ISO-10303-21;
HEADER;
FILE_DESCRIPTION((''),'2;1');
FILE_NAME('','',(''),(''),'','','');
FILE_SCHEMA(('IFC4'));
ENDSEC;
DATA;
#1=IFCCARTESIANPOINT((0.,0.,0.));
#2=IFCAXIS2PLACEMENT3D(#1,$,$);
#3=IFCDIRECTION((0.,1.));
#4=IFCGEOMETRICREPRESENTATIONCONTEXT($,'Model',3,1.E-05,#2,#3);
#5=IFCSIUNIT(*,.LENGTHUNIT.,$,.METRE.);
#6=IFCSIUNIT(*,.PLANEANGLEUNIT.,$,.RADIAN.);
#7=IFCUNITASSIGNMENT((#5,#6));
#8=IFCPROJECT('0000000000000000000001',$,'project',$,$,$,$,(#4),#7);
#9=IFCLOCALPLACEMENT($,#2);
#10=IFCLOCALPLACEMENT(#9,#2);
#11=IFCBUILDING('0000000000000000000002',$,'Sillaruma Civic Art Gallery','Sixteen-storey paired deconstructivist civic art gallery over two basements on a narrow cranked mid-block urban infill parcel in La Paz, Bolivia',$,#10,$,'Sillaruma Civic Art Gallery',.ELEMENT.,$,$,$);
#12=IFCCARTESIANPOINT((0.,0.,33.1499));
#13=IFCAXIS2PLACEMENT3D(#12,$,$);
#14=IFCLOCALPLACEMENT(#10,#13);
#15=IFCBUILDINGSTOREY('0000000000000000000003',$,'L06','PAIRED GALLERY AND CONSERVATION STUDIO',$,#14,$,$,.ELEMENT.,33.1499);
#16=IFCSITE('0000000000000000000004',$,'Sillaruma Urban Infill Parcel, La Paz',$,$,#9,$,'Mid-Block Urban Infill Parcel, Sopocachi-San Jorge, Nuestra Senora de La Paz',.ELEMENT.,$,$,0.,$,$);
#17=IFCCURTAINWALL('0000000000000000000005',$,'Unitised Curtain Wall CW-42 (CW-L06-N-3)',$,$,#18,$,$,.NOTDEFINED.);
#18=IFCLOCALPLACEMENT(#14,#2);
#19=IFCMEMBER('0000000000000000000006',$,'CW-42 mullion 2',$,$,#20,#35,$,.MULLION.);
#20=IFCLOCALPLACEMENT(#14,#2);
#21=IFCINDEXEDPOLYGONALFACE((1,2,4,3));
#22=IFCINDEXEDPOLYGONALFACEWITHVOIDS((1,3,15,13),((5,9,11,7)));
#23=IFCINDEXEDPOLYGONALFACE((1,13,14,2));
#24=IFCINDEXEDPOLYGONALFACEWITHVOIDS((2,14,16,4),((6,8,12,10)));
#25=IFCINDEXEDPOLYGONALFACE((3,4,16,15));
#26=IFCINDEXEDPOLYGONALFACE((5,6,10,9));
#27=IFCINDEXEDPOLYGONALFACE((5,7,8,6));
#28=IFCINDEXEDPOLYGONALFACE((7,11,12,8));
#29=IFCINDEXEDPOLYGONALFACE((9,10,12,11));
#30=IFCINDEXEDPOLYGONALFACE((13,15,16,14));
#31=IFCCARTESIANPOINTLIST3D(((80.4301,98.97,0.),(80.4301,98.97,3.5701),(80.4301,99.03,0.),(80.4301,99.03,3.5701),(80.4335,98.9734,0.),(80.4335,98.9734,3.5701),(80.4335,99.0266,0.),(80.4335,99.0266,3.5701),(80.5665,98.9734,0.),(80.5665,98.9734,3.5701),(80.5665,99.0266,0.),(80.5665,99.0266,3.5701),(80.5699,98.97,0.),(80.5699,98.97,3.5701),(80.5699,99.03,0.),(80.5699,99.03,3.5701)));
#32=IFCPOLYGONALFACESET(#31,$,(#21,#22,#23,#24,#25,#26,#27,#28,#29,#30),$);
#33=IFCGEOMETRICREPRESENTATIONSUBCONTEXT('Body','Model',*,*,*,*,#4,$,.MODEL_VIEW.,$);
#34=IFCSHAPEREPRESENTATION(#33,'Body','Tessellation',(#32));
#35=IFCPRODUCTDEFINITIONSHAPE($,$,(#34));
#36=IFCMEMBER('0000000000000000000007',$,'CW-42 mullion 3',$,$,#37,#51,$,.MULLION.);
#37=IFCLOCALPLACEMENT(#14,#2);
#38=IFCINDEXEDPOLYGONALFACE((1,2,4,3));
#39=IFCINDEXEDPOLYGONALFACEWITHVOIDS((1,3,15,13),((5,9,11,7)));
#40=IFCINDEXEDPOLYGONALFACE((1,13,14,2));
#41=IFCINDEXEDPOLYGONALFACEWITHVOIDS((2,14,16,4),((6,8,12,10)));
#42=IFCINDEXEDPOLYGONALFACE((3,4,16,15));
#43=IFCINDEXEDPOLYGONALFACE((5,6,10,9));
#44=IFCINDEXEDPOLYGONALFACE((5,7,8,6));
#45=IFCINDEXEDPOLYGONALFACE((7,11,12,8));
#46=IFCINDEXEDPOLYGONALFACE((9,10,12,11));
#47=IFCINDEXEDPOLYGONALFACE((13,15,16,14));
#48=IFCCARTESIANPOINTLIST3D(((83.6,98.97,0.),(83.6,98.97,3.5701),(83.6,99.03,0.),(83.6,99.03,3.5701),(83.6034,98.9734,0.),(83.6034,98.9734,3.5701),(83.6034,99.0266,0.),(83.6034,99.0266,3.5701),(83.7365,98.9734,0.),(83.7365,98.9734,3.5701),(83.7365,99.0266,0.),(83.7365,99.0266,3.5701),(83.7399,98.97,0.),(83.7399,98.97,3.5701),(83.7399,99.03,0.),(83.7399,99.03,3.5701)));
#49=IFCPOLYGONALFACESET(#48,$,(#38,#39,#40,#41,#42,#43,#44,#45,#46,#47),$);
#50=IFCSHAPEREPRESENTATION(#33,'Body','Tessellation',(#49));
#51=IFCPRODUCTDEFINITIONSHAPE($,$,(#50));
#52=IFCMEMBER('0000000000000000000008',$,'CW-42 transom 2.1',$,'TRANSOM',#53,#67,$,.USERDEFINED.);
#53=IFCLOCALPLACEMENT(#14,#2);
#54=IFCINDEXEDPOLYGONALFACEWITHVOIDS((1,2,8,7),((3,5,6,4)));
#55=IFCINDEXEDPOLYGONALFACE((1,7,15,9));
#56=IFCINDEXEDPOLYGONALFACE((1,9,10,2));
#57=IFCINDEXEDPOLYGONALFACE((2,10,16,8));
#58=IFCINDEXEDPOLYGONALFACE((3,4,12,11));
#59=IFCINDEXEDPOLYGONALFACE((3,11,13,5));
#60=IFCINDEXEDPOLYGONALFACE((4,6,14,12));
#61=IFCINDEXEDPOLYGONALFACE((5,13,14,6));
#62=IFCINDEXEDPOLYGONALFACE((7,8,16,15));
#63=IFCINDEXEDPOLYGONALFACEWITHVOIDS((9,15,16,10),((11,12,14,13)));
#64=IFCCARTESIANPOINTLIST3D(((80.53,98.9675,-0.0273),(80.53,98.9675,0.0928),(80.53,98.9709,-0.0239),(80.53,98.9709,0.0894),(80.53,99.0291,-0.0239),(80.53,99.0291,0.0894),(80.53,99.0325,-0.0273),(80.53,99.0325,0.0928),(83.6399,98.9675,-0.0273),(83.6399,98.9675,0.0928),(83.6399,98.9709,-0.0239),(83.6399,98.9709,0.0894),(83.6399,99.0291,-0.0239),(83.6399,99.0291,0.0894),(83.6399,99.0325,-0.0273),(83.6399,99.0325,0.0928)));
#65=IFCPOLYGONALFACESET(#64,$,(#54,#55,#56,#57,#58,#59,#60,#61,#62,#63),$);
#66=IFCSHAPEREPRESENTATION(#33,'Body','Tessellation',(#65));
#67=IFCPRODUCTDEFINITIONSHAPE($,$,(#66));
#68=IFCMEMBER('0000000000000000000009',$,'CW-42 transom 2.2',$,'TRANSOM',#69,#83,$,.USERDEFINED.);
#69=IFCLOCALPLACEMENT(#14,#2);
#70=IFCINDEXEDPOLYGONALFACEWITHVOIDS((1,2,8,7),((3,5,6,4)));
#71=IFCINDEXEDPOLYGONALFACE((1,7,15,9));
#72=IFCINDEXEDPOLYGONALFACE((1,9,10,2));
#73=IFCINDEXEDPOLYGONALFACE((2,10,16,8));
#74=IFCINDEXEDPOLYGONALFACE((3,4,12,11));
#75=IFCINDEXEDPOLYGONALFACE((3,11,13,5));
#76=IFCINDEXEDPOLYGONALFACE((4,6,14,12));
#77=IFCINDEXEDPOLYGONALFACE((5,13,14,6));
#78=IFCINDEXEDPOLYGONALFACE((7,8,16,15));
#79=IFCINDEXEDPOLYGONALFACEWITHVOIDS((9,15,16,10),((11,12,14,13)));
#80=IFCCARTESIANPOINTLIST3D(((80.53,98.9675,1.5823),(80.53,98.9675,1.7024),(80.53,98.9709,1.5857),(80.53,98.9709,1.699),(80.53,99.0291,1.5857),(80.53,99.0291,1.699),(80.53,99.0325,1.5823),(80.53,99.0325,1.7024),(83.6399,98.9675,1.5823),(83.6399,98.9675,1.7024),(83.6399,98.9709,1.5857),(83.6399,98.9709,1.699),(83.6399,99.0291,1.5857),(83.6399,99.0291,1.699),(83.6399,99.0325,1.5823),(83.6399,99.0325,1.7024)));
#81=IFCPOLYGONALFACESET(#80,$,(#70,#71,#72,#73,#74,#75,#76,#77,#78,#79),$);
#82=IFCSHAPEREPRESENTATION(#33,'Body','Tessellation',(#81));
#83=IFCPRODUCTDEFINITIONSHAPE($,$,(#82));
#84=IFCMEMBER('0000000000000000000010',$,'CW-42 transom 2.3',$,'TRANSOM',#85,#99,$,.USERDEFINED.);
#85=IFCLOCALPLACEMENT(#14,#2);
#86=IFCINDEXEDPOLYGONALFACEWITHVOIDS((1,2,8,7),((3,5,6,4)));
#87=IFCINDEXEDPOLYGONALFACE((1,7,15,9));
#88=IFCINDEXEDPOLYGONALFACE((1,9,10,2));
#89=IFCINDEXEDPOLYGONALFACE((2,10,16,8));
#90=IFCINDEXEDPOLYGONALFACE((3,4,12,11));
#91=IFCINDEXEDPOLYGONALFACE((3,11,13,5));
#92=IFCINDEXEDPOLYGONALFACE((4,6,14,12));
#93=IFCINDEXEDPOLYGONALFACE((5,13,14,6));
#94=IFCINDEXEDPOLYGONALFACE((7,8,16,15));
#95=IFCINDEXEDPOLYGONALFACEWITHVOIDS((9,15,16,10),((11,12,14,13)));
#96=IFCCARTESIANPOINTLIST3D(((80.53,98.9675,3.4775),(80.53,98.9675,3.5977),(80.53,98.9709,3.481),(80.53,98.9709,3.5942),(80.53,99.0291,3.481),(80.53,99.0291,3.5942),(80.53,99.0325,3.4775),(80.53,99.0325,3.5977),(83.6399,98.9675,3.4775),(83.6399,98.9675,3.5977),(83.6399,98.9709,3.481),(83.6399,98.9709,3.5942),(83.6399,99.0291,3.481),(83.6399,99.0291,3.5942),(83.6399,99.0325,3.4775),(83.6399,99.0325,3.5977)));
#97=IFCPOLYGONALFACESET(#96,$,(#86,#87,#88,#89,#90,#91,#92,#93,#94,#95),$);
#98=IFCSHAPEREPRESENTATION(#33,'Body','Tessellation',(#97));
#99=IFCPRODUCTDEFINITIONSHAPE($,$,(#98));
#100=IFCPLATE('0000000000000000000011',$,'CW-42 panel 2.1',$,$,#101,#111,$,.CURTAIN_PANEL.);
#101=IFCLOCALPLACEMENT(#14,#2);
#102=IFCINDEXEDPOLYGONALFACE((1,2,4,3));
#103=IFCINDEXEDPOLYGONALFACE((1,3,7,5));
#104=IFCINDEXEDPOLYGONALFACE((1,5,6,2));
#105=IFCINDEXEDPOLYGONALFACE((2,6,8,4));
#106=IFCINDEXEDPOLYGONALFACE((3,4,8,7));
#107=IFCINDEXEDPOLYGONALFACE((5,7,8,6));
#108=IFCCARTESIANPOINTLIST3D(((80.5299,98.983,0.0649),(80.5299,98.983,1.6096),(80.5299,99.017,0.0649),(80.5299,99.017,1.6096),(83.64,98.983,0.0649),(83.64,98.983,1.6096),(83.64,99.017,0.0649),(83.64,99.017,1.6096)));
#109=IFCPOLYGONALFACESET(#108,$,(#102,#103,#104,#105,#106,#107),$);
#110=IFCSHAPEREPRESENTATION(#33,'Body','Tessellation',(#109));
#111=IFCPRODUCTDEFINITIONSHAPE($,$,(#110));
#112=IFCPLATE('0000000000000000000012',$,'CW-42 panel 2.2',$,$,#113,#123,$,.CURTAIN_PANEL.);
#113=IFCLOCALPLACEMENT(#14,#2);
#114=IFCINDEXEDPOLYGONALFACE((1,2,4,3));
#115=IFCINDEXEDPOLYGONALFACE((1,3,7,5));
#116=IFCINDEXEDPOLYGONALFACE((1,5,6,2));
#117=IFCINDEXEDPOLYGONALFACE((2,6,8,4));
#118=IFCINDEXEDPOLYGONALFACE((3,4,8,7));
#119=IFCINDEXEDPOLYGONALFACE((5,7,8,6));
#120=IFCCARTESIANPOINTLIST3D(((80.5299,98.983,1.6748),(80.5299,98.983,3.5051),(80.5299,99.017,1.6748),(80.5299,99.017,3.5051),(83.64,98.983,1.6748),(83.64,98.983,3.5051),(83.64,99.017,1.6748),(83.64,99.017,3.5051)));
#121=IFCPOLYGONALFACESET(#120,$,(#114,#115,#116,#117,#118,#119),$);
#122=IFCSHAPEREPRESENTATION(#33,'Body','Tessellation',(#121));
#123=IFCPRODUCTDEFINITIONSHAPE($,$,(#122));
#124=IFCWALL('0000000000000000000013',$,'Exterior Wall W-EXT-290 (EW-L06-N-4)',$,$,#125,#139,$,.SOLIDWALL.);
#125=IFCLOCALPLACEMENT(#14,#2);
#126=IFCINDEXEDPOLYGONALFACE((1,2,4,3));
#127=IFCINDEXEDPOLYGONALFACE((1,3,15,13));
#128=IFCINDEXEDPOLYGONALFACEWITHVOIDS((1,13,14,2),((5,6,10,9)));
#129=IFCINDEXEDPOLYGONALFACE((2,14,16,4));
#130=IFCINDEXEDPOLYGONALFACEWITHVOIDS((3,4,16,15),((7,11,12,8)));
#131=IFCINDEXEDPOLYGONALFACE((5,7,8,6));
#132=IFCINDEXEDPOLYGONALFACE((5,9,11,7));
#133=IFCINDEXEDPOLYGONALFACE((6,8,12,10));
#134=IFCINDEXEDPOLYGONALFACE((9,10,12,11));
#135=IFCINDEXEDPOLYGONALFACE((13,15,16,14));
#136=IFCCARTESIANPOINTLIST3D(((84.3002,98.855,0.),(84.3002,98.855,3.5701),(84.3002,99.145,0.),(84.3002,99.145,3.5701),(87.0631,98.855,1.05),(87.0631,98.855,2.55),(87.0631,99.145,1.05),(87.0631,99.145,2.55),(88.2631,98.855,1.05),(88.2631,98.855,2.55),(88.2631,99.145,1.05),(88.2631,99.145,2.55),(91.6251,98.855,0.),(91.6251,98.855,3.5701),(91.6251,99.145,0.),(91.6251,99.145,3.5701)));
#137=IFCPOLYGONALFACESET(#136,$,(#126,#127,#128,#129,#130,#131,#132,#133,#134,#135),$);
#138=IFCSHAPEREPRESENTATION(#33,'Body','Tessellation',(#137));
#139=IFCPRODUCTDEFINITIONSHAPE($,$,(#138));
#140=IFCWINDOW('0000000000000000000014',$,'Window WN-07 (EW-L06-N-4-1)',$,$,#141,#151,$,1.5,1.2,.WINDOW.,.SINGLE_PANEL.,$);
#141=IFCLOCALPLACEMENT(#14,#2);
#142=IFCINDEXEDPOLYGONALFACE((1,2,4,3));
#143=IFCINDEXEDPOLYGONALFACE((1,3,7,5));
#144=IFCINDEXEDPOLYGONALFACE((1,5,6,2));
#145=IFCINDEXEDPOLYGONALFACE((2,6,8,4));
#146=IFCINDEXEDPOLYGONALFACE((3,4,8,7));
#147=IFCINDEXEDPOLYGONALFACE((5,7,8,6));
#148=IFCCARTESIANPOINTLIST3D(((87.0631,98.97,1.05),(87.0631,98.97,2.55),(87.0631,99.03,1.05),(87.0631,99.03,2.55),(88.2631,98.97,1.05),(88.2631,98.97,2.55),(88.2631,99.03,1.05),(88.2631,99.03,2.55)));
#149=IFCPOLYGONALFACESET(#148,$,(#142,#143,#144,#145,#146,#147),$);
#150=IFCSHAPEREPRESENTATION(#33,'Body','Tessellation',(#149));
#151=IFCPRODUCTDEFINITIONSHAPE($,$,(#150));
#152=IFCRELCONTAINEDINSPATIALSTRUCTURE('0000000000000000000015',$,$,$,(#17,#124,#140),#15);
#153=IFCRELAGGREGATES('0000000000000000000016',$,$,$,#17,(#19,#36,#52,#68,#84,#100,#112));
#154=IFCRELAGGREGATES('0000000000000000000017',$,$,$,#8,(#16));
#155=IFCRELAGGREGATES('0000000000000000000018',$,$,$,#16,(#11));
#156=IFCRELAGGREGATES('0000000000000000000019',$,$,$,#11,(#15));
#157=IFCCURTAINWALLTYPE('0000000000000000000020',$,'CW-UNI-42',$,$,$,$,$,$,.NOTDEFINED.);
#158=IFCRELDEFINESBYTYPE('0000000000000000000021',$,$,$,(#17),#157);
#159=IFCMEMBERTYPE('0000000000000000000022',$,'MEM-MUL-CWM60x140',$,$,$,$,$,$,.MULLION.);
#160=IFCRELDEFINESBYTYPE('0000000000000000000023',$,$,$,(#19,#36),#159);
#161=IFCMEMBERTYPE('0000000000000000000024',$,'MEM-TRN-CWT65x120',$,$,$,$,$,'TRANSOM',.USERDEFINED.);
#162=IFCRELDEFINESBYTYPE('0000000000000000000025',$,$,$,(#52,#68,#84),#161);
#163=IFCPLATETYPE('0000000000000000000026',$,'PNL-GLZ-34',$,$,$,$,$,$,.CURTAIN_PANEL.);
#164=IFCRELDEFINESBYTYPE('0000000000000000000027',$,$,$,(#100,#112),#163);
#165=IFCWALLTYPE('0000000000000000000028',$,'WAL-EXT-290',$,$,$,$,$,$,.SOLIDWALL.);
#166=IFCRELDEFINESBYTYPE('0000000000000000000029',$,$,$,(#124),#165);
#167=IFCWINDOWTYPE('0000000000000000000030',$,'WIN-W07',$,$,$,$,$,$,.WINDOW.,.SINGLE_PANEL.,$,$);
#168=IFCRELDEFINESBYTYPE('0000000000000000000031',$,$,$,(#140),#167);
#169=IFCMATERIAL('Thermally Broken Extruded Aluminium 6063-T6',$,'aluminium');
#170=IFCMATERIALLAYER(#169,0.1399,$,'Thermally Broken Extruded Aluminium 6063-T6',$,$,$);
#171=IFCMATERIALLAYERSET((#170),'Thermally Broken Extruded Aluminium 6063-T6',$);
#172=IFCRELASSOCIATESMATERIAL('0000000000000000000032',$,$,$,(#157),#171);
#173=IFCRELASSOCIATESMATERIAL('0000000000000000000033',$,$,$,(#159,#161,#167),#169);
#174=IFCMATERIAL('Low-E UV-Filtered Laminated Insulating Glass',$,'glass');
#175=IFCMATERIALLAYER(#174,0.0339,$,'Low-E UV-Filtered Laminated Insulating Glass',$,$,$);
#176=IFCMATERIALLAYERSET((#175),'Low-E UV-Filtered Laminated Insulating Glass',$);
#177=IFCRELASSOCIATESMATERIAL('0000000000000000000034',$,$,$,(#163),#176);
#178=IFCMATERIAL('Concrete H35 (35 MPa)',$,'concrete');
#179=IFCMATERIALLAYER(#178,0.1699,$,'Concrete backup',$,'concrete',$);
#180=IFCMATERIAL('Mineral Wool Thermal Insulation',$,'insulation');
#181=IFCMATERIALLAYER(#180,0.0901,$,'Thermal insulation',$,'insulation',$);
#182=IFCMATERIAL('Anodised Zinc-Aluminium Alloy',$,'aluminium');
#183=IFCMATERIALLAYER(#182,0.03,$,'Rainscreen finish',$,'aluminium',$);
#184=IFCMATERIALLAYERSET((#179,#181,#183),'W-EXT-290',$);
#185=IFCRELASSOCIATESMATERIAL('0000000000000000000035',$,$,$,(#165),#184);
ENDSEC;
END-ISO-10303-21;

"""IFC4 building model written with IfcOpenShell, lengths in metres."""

from ifc_helpers import new_model, si_unit, direction, frame, frame_2d, origin, origin_2d, place, context, subcontext, project, spatial, rectangle, hollow_rectangle, extrude, material, layer, layer_set, material_profile, profile_set, type_object, element, fill, aggregate, save


model = new_model("IFC4")

# Units and contexts
model_context = context("Model", 3, precision=1e-05, world=origin(), true_north=direction((0.0, 1.0)))
body_context = subcontext(model_context, "Body", "Model", "MODEL_VIEW")
ifc_project = project(units=[si_unit("LENGTHUNIT", "METRE"), si_unit("PLANEANGLEUNIT", "RADIAN")], contexts=[model_context])

# Site, building, storey
site_placement = place(None, origin())
site = spatial("IfcSite", under=ifc_project, at=site_placement, Name="Sillaruma Urban Infill Parcel, La Paz", LongName="Mid-Block Urban Infill Parcel, Sopocachi-San Jorge, Nuestra Senora de La Paz", CompositionType="ELEMENT", RefElevation=0.0)
building_placement = place(site_placement, origin())
building = spatial("IfcBuilding", under=site, at=building_placement, Name="Sillaruma Civic Art Gallery", Description="Sixteen-storey paired deconstructivist civic art gallery over two basements on a narrow cranked mid-block urban infill parcel in La Paz, Bolivia", LongName="Sillaruma Civic Art Gallery", CompositionType="ELEMENT")
storey_placement = place(building_placement, frame((0.0, 0.0, 33.1499)))
storey = spatial("IfcBuildingStorey", under=building, at=storey_placement, Name="L06", Description="PAIRED GALLERY AND CONSERVATION STUDIO", CompositionType="ELEMENT", Elevation=33.1499)

# Shared definitions
ifc_material_1 = material(Name="Concrete H35 (35 MPa)", Category="concrete")

# Curtain wall, members, plates
ifc_material_2 = material(Name="Thermally Broken Extruded Aluminium 6063-T6", Category="aluminium")
ifc_layer_1 = layer(ifc_material_2, 0.1399, Name="Thermally Broken Extruded Aluminium 6063-T6")
ifc_layer_set_1 = layer_set([ifc_layer_1], Name="Thermally Broken Extruded Aluminium 6063-T6")
curtain_wall_type = type_object("IfcCurtainWallType", Name="CW-UNI-42", PredefinedType="NOTDEFINED", material=ifc_layer_set_1)
curtain_wall_placement = place(storey_placement, origin())
curtain_wall = element("IfcCurtainWall", 1, at=curtain_wall_placement, inside=storey, type_object=curtain_wall_type, Name="Unitised Curtain Wall CW-42 (CW-L06-N-3)", PredefinedType="NOTDEFINED")
ifc_material_profile_1 = material_profile(ifc_material_2, hollow_rectangle(XDim=0.0601, YDim=0.1399, WallThickness=0.0034, at=origin_2d()), Name="CWM60x140")
ifc_profile_set_1 = profile_set([ifc_material_profile_1], Name="Thermally Broken Extruded Aluminium 6063-T6")
member_type_1 = type_object("IfcMemberType", Name="MEM-MUL-CWM60x140", PredefinedType="MULLION", material=ifc_profile_set_1)
member_1_placement = place(storey_placement, frame((80.5, 99.0, 0.0), z_axis=(0.0, 0.0, 1.0), x_axis=(0.0, 1.0, 0.0)))
member_1 = element("IfcMember", 2, at=member_1_placement, type_object=member_type_1, Name="CW-42 mullion 2", PredefinedType="MULLION", context=body_context, shape_type="SweptSolid", body=[
    extrude(hollow_rectangle(XDim=0.0601, YDim=0.1399, WallThickness=0.0034, at=origin_2d()), origin(), (0.0, 0.0, 1.0), 3.5701),
])
member_2_placement = place(storey_placement, frame((83.6699, 99.0, 0.0), z_axis=(0.0, 0.0, 1.0), x_axis=(0.0, 1.0, 0.0)))
member_2 = element("IfcMember", 3, at=member_2_placement, type_object=member_type_1, Name="CW-42 mullion 3", PredefinedType="MULLION", context=body_context, shape_type="SweptSolid", body=[
    extrude(hollow_rectangle(XDim=0.0601, YDim=0.1399, WallThickness=0.0034, at=origin_2d()), origin(), (0.0, 0.0, 1.0), 3.5701),
])
ifc_material_profile_2 = material_profile(ifc_material_2, hollow_rectangle(XDim=0.0649, YDim=0.1201, WallThickness=0.0034, at=origin_2d()), Name="CWT65x120")
ifc_profile_set_2 = profile_set([ifc_material_profile_2], Name="Thermally Broken Extruded Aluminium 6063-T6")
member_type_2 = type_object("IfcMemberType", Name="MEM-TRN-CWT65x120", ElementType="TRANSOM", PredefinedType="USERDEFINED", material=ifc_profile_set_2)
member_3_placement = place(storey_placement, frame((80.53, 99.0, 0.0327), z_axis=(1.0, 0.0, 0.0), x_axis=(0.0, 1.0, 0.0)))
member_3 = element("IfcMember", 4, at=member_3_placement, type_object=member_type_2, Name="CW-42 transom 2.1", ObjectType="TRANSOM", PredefinedType="USERDEFINED", context=body_context, shape_type="SweptSolid", body=[
    extrude(hollow_rectangle(XDim=0.0649, YDim=0.1201, WallThickness=0.0034, at=origin_2d()), origin(), (0.0, 0.0, 1.0), 3.1099),
])
member_4_placement = place(storey_placement, frame((80.53, 99.0, 1.6423), z_axis=(1.0, 0.0, 0.0), x_axis=(0.0, 1.0, 0.0)))
member_4 = element("IfcMember", 5, at=member_4_placement, type_object=member_type_2, Name="CW-42 transom 2.2", ObjectType="TRANSOM", PredefinedType="USERDEFINED", context=body_context, shape_type="SweptSolid", body=[
    extrude(hollow_rectangle(XDim=0.0649, YDim=0.1201, WallThickness=0.0034, at=origin_2d()), origin(), (0.0, 0.0, 1.0), 3.1099),
])
member_5_placement = place(storey_placement, frame((80.53, 99.0, 3.5376), z_axis=(1.0, 0.0, 0.0), x_axis=(0.0, 1.0, 0.0)))
member_5 = element("IfcMember", 6, at=member_5_placement, type_object=member_type_2, Name="CW-42 transom 2.3", ObjectType="TRANSOM", PredefinedType="USERDEFINED", context=body_context, shape_type="SweptSolid", body=[
    extrude(hollow_rectangle(XDim=0.0649, YDim=0.1201, WallThickness=0.0034, at=origin_2d()), origin(), (0.0, 0.0, 1.0), 3.1099),
])
ifc_material_3 = material(Name="Low-E UV-Filtered Laminated Insulating Glass", Category="glass")
ifc_layer_2 = layer(ifc_material_3, 0.0339, Name="Low-E UV-Filtered Laminated Insulating Glass")
ifc_layer_set_2 = layer_set([ifc_layer_2], Name="Low-E UV-Filtered Laminated Insulating Glass")
plate_type = type_object("IfcPlateType", Name="PNL-GLZ-34", PredefinedType="CURTAIN_PANEL", material=ifc_layer_set_2)
plate_1_placement = place(storey_placement, frame((82.085, 99.0, 0.0649), z_axis=(0.0, 0.0, 1.0), x_axis=(1.0, 0.0, 0.0)))
plate_1 = element("IfcPlate", 7, at=plate_1_placement, type_object=plate_type, Name="CW-42 panel 2.1", PredefinedType="CURTAIN_PANEL", context=body_context, shape_type="SweptSolid", body=[
    extrude(rectangle(XDim=3.1101, YDim=0.0339, at=origin_2d()), origin(), (0.0, 0.0, 1.0), 1.5447),
])
plate_2_placement = place(storey_placement, frame((82.085, 99.0, 1.6748), z_axis=(0.0, 0.0, 1.0), x_axis=(1.0, 0.0, 0.0)))
plate_2 = element("IfcPlate", 8, at=plate_2_placement, type_object=plate_type, Name="CW-42 panel 2.2", PredefinedType="CURTAIN_PANEL", context=body_context, shape_type="SweptSolid", body=[
    extrude(rectangle(XDim=3.1101, YDim=0.0339, at=origin_2d()), origin(), (0.0, 0.0, 1.0), 1.8303),
])
aggregate(curtain_wall, [member_1, member_2, member_3, member_4, member_5, plate_1, plate_2])

# Wall, opening, window
ifc_layer_3 = layer(ifc_material_1, 0.1699, Name="Concrete backup", Category="concrete")
ifc_material_4 = material(Name="Mineral Wool Thermal Insulation", Category="insulation")
ifc_layer_4 = layer(ifc_material_4, 0.0901, Name="Thermal insulation", Category="insulation")
ifc_material_5 = material(Name="Anodised Zinc-Aluminium Alloy", Category="aluminium")
ifc_layer_5 = layer(ifc_material_5, 0.03, Name="Rainscreen finish", Category="aluminium")
ifc_layer_set_3 = layer_set([ifc_layer_3, ifc_layer_4, ifc_layer_5], Name="W-EXT-290")
wall_type = type_object("IfcWallType", Name="WAL-EXT-290", PredefinedType="SOLIDWALL", material=ifc_layer_set_3)
wall_1_placement = place(storey_placement, frame((84.3, 99.0, 0.0), z_axis=(0.0, 0.0, 1.0), x_axis=(1.0, 0.0, 0.0)))
wall_1 = element("IfcWall", 9, at=wall_1_placement, inside=storey, type_object=wall_type, Name="Exterior Wall W-EXT-290 (EW-L06-N-4)", PredefinedType="SOLIDWALL", context=body_context, shape_type="SweptSolid", body=[
    extrude(rectangle(XDim=7.325, YDim=0.29, at=frame_2d((3.6626, 0.0))), origin(), (0.0, 0.0, 1.0), 3.5701),
])
opening_1_placement = place(wall_1_placement, frame((2.7629, 0.0, 1.05)))
opening_1 = element("IfcOpeningElement", 10, at=opening_1_placement, cuts=wall_1, PredefinedType="OPENING", context=body_context, shape_type="SweptSolid", body=[
    extrude(rectangle(XDim=1.2, YDim=1.5, at=frame_2d((0.6001, 0.75))), frame((0.0, 0.155, 0.0), z_axis=(0.0, -1.0, 0.0), x_axis=(1.0, 0.0, 0.0)), (0.0, 0.0, 1.0), 0.3101),
])
window_type_1 = type_object("IfcWindowType", Name="WIN-W07", PartitioningType="SINGLE_PANEL", PredefinedType="WINDOW", material=ifc_material_2)
window_1_placement = place(opening_1_placement, origin())
window_1 = element("IfcWindow", 11, at=window_1_placement, inside=storey, type_object=window_type_1, Name="Window WN-07 (EW-L06-N-4-1)", OverallHeight=1.5, OverallWidth=1.2, PartitioningType="SINGLE_PANEL", PredefinedType="WINDOW", context=body_context, shape_type="SweptSolid", body=[
    extrude(rectangle(XDim=1.2, YDim=1.5, at=frame_2d((0.6001, 0.75))), frame((0.0, 0.03, 0.0), z_axis=(0.0, -1.0, 0.0), x_axis=(1.0, 0.0, 0.0)), (0.0, 0.0, 1.0), 0.0601),
])
fill(opening_1, window_1)

save(model, "model.ifc")
